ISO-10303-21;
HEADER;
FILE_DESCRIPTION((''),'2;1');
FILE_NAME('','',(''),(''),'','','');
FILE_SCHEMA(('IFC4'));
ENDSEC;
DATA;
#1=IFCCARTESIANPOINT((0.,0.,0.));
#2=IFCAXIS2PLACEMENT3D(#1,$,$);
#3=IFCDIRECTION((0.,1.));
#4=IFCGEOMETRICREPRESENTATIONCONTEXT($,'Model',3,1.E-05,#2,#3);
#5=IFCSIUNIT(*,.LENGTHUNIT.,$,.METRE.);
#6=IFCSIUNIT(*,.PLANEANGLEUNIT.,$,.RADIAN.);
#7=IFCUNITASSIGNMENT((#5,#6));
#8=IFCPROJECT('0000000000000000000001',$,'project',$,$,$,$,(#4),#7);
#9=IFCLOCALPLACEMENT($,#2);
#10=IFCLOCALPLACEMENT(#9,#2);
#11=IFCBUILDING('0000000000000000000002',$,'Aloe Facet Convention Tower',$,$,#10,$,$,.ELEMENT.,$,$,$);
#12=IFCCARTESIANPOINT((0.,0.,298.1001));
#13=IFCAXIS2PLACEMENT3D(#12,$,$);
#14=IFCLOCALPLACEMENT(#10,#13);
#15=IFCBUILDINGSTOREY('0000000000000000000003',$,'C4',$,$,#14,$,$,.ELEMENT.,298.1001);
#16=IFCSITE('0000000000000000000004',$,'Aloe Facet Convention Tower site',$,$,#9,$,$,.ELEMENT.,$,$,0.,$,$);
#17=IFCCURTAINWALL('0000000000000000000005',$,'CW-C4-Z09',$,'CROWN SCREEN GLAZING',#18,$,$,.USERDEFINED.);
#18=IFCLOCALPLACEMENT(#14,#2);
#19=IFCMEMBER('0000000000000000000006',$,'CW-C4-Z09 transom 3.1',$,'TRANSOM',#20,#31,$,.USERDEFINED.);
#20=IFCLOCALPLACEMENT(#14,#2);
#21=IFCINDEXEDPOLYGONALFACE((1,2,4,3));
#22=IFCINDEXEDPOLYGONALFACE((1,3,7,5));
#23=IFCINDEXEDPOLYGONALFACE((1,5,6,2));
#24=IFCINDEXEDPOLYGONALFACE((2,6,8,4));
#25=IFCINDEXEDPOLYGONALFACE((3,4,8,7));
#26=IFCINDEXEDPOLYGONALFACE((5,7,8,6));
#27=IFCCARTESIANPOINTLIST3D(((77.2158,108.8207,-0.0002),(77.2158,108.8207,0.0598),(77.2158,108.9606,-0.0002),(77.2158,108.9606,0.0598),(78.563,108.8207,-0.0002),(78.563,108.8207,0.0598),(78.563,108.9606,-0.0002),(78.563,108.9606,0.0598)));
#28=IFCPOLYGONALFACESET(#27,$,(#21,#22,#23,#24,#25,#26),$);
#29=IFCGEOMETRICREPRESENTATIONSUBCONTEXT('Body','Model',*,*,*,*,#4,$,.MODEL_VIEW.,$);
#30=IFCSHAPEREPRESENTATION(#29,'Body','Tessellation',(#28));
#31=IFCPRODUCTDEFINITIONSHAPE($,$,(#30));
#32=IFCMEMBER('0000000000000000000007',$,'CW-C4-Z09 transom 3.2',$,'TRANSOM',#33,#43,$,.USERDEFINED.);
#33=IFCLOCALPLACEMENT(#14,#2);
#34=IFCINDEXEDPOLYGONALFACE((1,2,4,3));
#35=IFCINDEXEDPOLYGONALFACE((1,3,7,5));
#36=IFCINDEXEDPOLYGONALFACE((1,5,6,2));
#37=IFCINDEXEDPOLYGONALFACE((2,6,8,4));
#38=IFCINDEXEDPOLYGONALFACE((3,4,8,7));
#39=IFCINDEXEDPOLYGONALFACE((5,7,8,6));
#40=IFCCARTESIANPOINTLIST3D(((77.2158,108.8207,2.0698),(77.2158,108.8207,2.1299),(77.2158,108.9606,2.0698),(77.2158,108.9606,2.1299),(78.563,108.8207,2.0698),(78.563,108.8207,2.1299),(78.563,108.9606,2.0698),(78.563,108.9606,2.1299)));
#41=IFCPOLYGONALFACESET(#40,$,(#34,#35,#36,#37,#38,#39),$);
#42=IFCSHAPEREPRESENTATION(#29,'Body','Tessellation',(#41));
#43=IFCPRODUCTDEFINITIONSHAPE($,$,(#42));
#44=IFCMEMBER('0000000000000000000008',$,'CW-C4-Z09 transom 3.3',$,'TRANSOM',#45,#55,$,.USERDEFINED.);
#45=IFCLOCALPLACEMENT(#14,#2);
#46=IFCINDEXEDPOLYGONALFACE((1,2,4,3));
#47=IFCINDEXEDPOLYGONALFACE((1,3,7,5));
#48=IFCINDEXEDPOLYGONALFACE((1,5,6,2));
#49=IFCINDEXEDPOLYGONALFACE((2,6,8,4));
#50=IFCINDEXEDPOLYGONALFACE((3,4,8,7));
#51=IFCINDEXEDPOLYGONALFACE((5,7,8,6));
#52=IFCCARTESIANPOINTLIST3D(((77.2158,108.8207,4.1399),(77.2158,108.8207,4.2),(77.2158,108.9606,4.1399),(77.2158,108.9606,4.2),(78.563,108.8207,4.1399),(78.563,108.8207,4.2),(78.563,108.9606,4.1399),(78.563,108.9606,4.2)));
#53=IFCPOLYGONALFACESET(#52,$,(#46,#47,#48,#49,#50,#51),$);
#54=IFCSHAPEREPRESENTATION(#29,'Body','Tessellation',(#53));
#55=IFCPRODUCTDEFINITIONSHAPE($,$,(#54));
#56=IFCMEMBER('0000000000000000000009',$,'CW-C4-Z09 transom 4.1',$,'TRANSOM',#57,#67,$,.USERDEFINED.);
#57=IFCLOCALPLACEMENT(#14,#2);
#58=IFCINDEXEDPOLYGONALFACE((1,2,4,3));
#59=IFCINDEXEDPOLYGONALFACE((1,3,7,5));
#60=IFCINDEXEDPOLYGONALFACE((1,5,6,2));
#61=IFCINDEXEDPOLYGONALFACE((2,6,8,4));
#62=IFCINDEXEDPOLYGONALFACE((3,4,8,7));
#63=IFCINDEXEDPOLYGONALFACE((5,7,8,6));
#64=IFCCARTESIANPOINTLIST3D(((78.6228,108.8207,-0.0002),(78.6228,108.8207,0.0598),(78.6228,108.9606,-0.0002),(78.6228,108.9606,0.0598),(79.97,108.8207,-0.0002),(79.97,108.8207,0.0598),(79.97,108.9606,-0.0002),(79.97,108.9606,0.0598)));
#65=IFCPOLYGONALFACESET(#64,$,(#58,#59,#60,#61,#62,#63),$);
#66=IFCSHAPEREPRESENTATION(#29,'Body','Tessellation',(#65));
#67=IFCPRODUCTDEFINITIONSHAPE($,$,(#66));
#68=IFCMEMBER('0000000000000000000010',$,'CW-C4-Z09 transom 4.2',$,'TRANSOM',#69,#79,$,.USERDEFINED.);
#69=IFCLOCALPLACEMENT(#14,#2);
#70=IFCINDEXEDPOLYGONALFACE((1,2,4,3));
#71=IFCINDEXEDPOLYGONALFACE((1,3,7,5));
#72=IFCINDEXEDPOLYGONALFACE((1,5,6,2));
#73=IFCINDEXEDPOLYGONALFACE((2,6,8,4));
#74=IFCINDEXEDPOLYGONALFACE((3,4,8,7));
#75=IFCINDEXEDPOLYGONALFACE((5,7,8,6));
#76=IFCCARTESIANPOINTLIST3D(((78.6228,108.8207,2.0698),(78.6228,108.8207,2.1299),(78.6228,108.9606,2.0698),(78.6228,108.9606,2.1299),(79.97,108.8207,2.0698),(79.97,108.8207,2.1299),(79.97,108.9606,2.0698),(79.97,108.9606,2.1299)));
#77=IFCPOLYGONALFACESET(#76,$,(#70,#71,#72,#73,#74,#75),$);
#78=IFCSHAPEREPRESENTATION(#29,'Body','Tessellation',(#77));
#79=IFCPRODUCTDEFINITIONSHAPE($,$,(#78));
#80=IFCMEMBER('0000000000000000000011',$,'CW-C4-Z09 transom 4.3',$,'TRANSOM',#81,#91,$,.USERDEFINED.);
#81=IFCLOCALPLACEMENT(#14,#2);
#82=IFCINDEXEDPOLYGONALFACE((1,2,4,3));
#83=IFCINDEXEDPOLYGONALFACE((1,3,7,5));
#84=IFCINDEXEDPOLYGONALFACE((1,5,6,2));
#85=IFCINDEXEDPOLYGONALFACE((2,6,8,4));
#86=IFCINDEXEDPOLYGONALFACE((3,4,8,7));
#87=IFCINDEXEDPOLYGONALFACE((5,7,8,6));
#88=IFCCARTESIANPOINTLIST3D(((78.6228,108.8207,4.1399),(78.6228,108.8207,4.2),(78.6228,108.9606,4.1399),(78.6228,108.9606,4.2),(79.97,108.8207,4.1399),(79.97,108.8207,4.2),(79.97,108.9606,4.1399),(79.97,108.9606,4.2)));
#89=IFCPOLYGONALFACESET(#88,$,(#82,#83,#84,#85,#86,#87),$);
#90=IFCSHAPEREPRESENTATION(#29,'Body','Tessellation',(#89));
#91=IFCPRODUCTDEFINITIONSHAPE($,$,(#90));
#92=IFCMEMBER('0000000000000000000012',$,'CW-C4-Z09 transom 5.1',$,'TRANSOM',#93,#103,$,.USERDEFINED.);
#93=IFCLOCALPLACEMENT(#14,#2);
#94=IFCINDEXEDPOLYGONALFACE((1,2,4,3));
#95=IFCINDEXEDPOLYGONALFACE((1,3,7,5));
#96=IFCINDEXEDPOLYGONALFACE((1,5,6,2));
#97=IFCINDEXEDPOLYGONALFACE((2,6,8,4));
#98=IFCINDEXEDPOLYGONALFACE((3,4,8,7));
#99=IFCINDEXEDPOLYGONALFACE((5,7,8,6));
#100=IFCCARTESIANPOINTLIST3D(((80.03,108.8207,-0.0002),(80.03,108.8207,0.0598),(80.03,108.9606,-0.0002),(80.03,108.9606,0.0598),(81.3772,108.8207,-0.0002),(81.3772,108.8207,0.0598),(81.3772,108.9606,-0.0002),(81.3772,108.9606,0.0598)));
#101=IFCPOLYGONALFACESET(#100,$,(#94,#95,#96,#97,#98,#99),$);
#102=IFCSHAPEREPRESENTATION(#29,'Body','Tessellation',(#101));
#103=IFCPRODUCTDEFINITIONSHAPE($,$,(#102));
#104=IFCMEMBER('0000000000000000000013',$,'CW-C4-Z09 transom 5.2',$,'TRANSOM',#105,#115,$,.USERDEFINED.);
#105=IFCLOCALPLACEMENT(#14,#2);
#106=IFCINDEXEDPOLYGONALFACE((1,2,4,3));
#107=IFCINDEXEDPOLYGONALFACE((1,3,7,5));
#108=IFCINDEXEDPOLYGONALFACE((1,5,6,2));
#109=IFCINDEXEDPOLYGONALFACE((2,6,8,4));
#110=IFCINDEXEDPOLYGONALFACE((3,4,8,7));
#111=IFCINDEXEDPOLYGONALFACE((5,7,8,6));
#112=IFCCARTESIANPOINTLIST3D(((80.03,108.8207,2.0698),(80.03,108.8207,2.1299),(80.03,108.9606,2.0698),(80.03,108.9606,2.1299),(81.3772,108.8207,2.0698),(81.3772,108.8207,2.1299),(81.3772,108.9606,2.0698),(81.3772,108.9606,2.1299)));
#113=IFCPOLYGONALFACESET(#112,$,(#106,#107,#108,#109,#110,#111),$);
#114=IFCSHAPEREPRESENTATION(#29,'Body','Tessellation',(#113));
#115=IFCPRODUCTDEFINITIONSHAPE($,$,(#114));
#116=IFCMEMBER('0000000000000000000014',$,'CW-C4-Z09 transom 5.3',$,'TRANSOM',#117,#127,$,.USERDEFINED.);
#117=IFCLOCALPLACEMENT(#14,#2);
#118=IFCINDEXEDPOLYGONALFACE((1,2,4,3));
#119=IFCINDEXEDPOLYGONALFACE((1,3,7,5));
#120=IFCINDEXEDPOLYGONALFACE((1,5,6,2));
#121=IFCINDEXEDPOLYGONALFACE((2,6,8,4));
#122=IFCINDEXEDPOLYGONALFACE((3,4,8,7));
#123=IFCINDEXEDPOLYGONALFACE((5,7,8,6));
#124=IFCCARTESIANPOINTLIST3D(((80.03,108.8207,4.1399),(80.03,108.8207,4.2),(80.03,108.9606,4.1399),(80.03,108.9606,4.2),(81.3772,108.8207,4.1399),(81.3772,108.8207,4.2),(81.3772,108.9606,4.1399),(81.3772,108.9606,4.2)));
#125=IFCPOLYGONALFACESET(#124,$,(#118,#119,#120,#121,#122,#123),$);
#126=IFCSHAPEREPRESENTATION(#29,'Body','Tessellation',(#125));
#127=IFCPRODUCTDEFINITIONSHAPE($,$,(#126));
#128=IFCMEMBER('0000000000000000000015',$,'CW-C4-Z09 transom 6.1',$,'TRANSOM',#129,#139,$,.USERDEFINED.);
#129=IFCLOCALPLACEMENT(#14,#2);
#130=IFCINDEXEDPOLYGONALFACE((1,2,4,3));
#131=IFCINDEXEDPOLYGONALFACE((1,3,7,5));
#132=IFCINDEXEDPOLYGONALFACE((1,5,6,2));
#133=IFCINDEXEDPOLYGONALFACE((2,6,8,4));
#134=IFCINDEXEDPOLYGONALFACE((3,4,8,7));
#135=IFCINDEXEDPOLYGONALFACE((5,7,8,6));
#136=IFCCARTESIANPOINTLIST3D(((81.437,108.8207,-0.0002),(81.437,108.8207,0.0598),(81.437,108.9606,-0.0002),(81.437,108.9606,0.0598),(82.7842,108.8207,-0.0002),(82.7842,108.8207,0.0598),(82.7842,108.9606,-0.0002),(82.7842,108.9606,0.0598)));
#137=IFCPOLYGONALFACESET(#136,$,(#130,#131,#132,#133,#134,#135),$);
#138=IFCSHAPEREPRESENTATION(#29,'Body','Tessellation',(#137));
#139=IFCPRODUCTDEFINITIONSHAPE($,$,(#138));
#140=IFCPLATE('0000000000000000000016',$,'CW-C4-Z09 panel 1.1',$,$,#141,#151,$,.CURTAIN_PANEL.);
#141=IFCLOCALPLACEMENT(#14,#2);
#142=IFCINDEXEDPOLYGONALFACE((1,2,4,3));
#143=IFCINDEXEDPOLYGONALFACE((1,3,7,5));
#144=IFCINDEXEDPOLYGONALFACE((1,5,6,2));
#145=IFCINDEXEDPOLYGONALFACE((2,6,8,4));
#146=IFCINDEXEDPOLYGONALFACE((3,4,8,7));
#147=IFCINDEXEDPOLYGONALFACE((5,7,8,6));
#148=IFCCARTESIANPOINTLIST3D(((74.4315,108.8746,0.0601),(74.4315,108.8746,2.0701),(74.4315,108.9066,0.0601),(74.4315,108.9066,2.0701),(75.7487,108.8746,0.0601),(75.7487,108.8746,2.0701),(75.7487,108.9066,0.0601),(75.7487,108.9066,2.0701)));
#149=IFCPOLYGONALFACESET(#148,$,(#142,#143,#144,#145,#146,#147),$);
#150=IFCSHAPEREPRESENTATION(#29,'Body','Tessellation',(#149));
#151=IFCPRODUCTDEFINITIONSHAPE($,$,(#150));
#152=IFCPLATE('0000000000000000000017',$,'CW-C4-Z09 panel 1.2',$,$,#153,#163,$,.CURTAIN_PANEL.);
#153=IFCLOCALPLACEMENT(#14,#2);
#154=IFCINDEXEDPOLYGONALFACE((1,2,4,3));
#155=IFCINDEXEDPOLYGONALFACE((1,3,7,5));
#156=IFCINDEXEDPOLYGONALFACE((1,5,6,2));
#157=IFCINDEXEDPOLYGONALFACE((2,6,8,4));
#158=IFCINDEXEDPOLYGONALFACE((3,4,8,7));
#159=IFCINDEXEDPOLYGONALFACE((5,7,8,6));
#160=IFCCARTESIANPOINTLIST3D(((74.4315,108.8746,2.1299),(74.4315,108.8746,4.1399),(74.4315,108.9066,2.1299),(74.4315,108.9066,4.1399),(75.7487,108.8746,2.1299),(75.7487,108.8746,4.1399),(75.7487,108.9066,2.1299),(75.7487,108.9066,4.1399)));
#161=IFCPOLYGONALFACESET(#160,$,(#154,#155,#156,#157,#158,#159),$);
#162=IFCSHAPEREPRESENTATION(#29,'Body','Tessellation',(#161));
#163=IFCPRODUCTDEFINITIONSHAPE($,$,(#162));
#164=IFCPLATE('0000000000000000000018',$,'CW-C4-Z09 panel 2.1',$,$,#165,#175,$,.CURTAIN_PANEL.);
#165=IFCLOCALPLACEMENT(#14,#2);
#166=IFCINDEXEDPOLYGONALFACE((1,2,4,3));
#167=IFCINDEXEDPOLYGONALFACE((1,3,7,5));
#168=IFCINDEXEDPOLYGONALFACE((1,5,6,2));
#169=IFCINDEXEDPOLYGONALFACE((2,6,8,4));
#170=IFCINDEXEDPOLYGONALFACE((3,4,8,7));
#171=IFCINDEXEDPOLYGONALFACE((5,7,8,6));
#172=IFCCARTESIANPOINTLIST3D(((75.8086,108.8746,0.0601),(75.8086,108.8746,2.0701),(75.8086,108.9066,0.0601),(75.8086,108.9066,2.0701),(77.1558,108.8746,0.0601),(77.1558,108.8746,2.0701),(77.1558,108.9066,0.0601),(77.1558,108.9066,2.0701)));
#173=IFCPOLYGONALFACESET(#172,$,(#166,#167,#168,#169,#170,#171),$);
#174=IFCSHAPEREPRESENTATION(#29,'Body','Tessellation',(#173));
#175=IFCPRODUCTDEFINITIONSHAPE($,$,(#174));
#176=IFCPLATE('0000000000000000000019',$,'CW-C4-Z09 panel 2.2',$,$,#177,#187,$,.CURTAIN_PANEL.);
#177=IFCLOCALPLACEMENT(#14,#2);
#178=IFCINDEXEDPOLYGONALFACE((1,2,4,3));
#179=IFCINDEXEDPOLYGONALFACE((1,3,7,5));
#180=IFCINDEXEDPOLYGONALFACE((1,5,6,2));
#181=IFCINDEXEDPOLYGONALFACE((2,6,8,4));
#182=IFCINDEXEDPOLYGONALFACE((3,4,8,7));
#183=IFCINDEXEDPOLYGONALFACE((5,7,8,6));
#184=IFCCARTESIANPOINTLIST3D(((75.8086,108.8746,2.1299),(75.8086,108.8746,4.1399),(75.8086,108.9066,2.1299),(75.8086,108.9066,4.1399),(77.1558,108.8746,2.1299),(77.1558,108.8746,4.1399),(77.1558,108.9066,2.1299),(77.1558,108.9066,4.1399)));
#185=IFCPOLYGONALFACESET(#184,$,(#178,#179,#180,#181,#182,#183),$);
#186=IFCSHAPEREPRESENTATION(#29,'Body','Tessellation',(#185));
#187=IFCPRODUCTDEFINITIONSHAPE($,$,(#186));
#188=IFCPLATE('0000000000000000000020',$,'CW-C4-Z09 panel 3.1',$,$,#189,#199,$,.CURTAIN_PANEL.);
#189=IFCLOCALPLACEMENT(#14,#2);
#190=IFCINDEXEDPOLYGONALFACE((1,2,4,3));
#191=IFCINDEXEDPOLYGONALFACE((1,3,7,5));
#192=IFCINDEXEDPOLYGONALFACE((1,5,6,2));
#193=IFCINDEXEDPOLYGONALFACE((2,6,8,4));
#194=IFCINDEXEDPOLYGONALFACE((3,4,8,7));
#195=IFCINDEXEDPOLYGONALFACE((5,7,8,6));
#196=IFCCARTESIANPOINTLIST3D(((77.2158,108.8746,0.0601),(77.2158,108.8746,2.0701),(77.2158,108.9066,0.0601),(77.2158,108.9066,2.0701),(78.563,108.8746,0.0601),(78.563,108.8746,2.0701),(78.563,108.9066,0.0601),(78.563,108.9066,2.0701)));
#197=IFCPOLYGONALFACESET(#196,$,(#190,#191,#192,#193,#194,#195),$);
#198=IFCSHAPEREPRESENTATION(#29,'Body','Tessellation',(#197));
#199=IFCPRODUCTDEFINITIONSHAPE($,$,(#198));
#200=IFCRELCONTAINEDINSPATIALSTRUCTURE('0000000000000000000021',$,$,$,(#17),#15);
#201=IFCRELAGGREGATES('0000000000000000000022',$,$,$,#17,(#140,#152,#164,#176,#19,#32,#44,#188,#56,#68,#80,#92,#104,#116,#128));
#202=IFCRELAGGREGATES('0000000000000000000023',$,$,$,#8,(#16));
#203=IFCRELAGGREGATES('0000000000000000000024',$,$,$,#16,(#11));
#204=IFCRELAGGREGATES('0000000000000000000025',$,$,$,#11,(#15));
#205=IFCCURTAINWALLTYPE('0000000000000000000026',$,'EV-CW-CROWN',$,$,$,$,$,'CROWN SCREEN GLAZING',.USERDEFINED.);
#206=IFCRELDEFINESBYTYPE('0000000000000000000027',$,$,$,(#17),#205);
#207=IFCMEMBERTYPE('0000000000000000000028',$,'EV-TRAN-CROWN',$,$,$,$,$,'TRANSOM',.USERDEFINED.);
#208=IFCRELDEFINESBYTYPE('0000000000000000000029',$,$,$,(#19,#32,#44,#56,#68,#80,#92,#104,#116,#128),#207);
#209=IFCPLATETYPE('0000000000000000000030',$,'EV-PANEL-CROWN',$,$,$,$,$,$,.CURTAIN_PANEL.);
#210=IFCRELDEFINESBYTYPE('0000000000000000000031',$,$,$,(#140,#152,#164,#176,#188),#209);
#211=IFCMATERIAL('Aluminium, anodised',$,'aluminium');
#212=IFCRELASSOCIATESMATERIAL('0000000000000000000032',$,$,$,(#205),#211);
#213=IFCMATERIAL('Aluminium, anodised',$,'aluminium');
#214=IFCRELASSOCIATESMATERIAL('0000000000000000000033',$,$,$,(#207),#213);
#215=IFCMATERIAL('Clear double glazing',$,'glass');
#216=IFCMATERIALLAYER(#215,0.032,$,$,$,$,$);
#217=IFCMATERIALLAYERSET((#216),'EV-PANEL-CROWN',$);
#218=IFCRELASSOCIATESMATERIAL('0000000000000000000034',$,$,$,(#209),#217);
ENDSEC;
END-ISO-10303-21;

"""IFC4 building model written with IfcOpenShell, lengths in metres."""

from ifc_helpers import new_model, si_unit, direction, frame, origin, origin_2d, place, context, subcontext, project, spatial, rectangle, extrude, material, layer, layer_set, material_profile, profile_set, type_object, element, aggregate, save


model = new_model("IFC4")

# Units and contexts
model_context = context("Model", 3, precision=1e-05, world=origin(), true_north=direction((0.0, 1.0)))
body_context = subcontext(model_context, "Body", "Model", "MODEL_VIEW")
ifc_project = project(units=[si_unit("LENGTHUNIT", "METRE"), si_unit("PLANEANGLEUNIT", "RADIAN")], contexts=[model_context])

# Site, building, storey
site_placement = place(None, origin())
site = spatial("IfcSite", under=ifc_project, at=site_placement, Name="Aloe Facet Convention Tower site", CompositionType="ELEMENT", RefElevation=0.0)
building_placement = place(site_placement, origin())
building = spatial("IfcBuilding", under=site, at=building_placement, Name="Aloe Facet Convention Tower", CompositionType="ELEMENT")
storey_placement = place(building_placement, frame((0.0, 0.0, 298.1001)))
storey = spatial("IfcBuildingStorey", under=building, at=storey_placement, Name="C4", CompositionType="ELEMENT", Elevation=298.1001)

# Curtain wall, members, plates
ifc_material_1 = material(Name="Aluminium, anodised", Category="aluminium")
curtain_wall_type = type_object("IfcCurtainWallType", Name="EV-CW-CROWN", ElementType="CROWN SCREEN GLAZING", PredefinedType="USERDEFINED", material=ifc_material_1)
curtain_wall_placement = place(storey_placement, origin())
curtain_wall = element("IfcCurtainWall", 1, at=curtain_wall_placement, inside=storey, type_object=curtain_wall_type, Name="CW-C4-Z09", ObjectType="CROWN SCREEN GLAZING", PredefinedType="USERDEFINED")
ifc_material_2 = material(Name="Aluminium, anodised", Category="aluminium")
ifc_material_profile_1 = material_profile(ifc_material_2, rectangle(XDim=0.1399, YDim=0.0601, at=origin_2d()), Name="AL 140x60")
ifc_profile_set_1 = profile_set([ifc_material_profile_1], Name="Aluminium, anodised")
member_type_1 = type_object("IfcMemberType", Name="EV-TRAN-CROWN", ElementType="TRANSOM", PredefinedType="USERDEFINED", material=ifc_profile_set_1)
member_1_placement = place(storey_placement, frame((77.2158, 108.8906, 0.0298), z_axis=(1.0, 0.0, 0.0), x_axis=(0.0, 1.0, 0.0)))
member_1 = element("IfcMember", 2, at=member_1_placement, type_object=member_type_1, Name="CW-C4-Z09 transom 3.1", ObjectType="TRANSOM", PredefinedType="USERDEFINED", context=body_context, shape_type="SweptSolid", body=[
    extrude(rectangle(XDim=0.1399, YDim=0.0601, at=origin_2d()), origin(), (0.0, 0.0, 1.0), 1.3472),
])
member_2_placement = place(storey_placement, frame((77.2158, 108.8906, 2.0999), z_axis=(1.0, 0.0, 0.0), x_axis=(0.0, 1.0, 0.0)))
member_2 = element("IfcMember", 3, at=member_2_placement, type_object=member_type_1, Name="CW-C4-Z09 transom 3.2", ObjectType="TRANSOM", PredefinedType="USERDEFINED", context=body_context, shape_type="SweptSolid", body=[
    extrude(rectangle(XDim=0.1399, YDim=0.0601, at=origin_2d()), origin(), (0.0, 0.0, 1.0), 1.3472),
])
member_3_placement = place(storey_placement, frame((77.2158, 108.8906, 4.1699), z_axis=(1.0, 0.0, 0.0), x_axis=(0.0, 1.0, 0.0)))
member_3 = element("IfcMember", 4, at=member_3_placement, type_object=member_type_1, Name="CW-C4-Z09 transom 3.3", ObjectType="TRANSOM", PredefinedType="USERDEFINED", context=body_context, shape_type="SweptSolid", body=[
    extrude(rectangle(XDim=0.1399, YDim=0.0601, at=origin_2d()), origin(), (0.0, 0.0, 1.0), 1.3472),
])
member_4_placement = place(storey_placement, frame((78.6228, 108.8906, 0.0298), z_axis=(1.0, 0.0, 0.0), x_axis=(0.0, 1.0, 0.0)))
member_4 = element("IfcMember", 5, at=member_4_placement, type_object=member_type_1, Name="CW-C4-Z09 transom 4.1", ObjectType="TRANSOM", PredefinedType="USERDEFINED", context=body_context, shape_type="SweptSolid", body=[
    extrude(rectangle(XDim=0.1399, YDim=0.0601, at=origin_2d()), origin(), (0.0, 0.0, 1.0), 1.3472),
])
member_5_placement = place(storey_placement, frame((78.6228, 108.8906, 2.0999), z_axis=(1.0, 0.0, 0.0), x_axis=(0.0, 1.0, 0.0)))
member_5 = element("IfcMember", 6, at=member_5_placement, type_object=member_type_1, Name="CW-C4-Z09 transom 4.2", ObjectType="TRANSOM", PredefinedType="USERDEFINED", context=body_context, shape_type="SweptSolid", body=[
    extrude(rectangle(XDim=0.1399, YDim=0.0601, at=origin_2d()), origin(), (0.0, 0.0, 1.0), 1.3472),
])
member_6_placement = place(storey_placement, frame((78.6228, 108.8906, 4.1699), z_axis=(1.0, 0.0, 0.0), x_axis=(0.0, 1.0, 0.0)))
member_6 = element("IfcMember", 7, at=member_6_placement, type_object=member_type_1, Name="CW-C4-Z09 transom 4.3", ObjectType="TRANSOM", PredefinedType="USERDEFINED", context=body_context, shape_type="SweptSolid", body=[
    extrude(rectangle(XDim=0.1399, YDim=0.0601, at=origin_2d()), origin(), (0.0, 0.0, 1.0), 1.3472),
])
member_7_placement = place(storey_placement, frame((80.03, 108.8906, 0.0298), z_axis=(1.0, 0.0, 0.0), x_axis=(0.0, 1.0, 0.0)))
member_7 = element("IfcMember", 8, at=member_7_placement, type_object=member_type_1, Name="CW-C4-Z09 transom 5.1", ObjectType="TRANSOM", PredefinedType="USERDEFINED", context=body_context, shape_type="SweptSolid", body=[
    extrude(rectangle(XDim=0.1399, YDim=0.0601, at=origin_2d()), origin(), (0.0, 0.0, 1.0), 1.3472),
])
member_8_placement = place(storey_placement, frame((80.03, 108.8906, 2.0999), z_axis=(1.0, 0.0, 0.0), x_axis=(0.0, 1.0, 0.0)))
member_8 = element("IfcMember", 9, at=member_8_placement, type_object=member_type_1, Name="CW-C4-Z09 transom 5.2", ObjectType="TRANSOM", PredefinedType="USERDEFINED", context=body_context, shape_type="SweptSolid", body=[
    extrude(rectangle(XDim=0.1399, YDim=0.0601, at=origin_2d()), origin(), (0.0, 0.0, 1.0), 1.3472),
])
member_9_placement = place(storey_placement, frame((80.03, 108.8906, 4.1699), z_axis=(1.0, 0.0, 0.0), x_axis=(0.0, 1.0, 0.0)))
member_9 = element("IfcMember", 10, at=member_9_placement, type_object=member_type_1, Name="CW-C4-Z09 transom 5.3", ObjectType="TRANSOM", PredefinedType="USERDEFINED", context=body_context, shape_type="SweptSolid", body=[
    extrude(rectangle(XDim=0.1399, YDim=0.0601, at=origin_2d()), origin(), (0.0, 0.0, 1.0), 1.3472),
])
member_10_placement = place(storey_placement, frame((81.437, 108.8906, 0.0298), z_axis=(1.0, 0.0, 0.0), x_axis=(0.0, 1.0, 0.0)))
member_10 = element("IfcMember", 11, at=member_10_placement, type_object=member_type_1, Name="CW-C4-Z09 transom 6.1", ObjectType="TRANSOM", PredefinedType="USERDEFINED", context=body_context, shape_type="SweptSolid", body=[
    extrude(rectangle(XDim=0.1399, YDim=0.0601, at=origin_2d()), origin(), (0.0, 0.0, 1.0), 1.3472),
])
ifc_material_3 = material(Name="Clear double glazing", Category="glass")
ifc_layer_1 = layer(ifc_material_3, 0.032)
ifc_layer_set_1 = layer_set([ifc_layer_1], Name="EV-PANEL-CROWN")
plate_type_1 = type_object("IfcPlateType", Name="EV-PANEL-CROWN", PredefinedType="CURTAIN_PANEL", material=ifc_layer_set_1)
plate_1_placement = place(storey_placement, frame((75.0901, 108.8906, 0.0601), z_axis=(0.0, 0.0, 1.0), x_axis=(1.0, 0.0, 0.0)))
plate_1 = element("IfcPlate", 12, at=plate_1_placement, type_object=plate_type_1, Name="CW-C4-Z09 panel 1.1", PredefinedType="CURTAIN_PANEL", context=body_context, shape_type="SweptSolid", body=[
    extrude(rectangle(XDim=1.3171, YDim=0.032, at=origin_2d()), origin(), (0.0, 0.0, 1.0), 2.01),
])
plate_2_placement = place(storey_placement, frame((75.0901, 108.8906, 2.1299), z_axis=(0.0, 0.0, 1.0), x_axis=(1.0, 0.0, 0.0)))
plate_2 = element("IfcPlate", 13, at=plate_2_placement, type_object=plate_type_1, Name="CW-C4-Z09 panel 1.2", PredefinedType="CURTAIN_PANEL", context=body_context, shape_type="SweptSolid", body=[
    extrude(rectangle(XDim=1.3171, YDim=0.032, at=origin_2d()), origin(), (0.0, 0.0, 1.0), 2.01),
])
plate_3_placement = place(storey_placement, frame((76.4822, 108.8906, 0.0601), z_axis=(0.0, 0.0, 1.0), x_axis=(1.0, 0.0, 0.0)))
plate_3 = element("IfcPlate", 14, at=plate_3_placement, type_object=plate_type_1, Name="CW-C4-Z09 panel 2.1", PredefinedType="CURTAIN_PANEL", context=body_context, shape_type="SweptSolid", body=[
    extrude(rectangle(XDim=1.3472, YDim=0.032, at=origin_2d()), origin(), (0.0, 0.0, 1.0), 2.01),
])
plate_4_placement = place(storey_placement, frame((76.4822, 108.8906, 2.1299), z_axis=(0.0, 0.0, 1.0), x_axis=(1.0, 0.0, 0.0)))
plate_4 = element("IfcPlate", 15, at=plate_4_placement, type_object=plate_type_1, Name="CW-C4-Z09 panel 2.2", PredefinedType="CURTAIN_PANEL", context=body_context, shape_type="SweptSolid", body=[
    extrude(rectangle(XDim=1.3472, YDim=0.032, at=origin_2d()), origin(), (0.0, 0.0, 1.0), 2.01),
])
plate_5_placement = place(storey_placement, frame((77.8894, 108.8906, 0.0601), z_axis=(0.0, 0.0, 1.0), x_axis=(1.0, 0.0, 0.0)))
plate_5 = element("IfcPlate", 16, at=plate_5_placement, type_object=plate_type_1, Name="CW-C4-Z09 panel 3.1", PredefinedType="CURTAIN_PANEL", context=body_context, shape_type="SweptSolid", body=[
    extrude(rectangle(XDim=1.3472, YDim=0.032, at=origin_2d()), origin(), (0.0, 0.0, 1.0), 2.01),
])
aggregate(curtain_wall, [plate_1, plate_2, plate_3, plate_4, member_1, member_2, member_3, plate_5, member_4, member_5, member_6, member_7, member_8, member_9, member_10])

save(model, "model.ifc")
